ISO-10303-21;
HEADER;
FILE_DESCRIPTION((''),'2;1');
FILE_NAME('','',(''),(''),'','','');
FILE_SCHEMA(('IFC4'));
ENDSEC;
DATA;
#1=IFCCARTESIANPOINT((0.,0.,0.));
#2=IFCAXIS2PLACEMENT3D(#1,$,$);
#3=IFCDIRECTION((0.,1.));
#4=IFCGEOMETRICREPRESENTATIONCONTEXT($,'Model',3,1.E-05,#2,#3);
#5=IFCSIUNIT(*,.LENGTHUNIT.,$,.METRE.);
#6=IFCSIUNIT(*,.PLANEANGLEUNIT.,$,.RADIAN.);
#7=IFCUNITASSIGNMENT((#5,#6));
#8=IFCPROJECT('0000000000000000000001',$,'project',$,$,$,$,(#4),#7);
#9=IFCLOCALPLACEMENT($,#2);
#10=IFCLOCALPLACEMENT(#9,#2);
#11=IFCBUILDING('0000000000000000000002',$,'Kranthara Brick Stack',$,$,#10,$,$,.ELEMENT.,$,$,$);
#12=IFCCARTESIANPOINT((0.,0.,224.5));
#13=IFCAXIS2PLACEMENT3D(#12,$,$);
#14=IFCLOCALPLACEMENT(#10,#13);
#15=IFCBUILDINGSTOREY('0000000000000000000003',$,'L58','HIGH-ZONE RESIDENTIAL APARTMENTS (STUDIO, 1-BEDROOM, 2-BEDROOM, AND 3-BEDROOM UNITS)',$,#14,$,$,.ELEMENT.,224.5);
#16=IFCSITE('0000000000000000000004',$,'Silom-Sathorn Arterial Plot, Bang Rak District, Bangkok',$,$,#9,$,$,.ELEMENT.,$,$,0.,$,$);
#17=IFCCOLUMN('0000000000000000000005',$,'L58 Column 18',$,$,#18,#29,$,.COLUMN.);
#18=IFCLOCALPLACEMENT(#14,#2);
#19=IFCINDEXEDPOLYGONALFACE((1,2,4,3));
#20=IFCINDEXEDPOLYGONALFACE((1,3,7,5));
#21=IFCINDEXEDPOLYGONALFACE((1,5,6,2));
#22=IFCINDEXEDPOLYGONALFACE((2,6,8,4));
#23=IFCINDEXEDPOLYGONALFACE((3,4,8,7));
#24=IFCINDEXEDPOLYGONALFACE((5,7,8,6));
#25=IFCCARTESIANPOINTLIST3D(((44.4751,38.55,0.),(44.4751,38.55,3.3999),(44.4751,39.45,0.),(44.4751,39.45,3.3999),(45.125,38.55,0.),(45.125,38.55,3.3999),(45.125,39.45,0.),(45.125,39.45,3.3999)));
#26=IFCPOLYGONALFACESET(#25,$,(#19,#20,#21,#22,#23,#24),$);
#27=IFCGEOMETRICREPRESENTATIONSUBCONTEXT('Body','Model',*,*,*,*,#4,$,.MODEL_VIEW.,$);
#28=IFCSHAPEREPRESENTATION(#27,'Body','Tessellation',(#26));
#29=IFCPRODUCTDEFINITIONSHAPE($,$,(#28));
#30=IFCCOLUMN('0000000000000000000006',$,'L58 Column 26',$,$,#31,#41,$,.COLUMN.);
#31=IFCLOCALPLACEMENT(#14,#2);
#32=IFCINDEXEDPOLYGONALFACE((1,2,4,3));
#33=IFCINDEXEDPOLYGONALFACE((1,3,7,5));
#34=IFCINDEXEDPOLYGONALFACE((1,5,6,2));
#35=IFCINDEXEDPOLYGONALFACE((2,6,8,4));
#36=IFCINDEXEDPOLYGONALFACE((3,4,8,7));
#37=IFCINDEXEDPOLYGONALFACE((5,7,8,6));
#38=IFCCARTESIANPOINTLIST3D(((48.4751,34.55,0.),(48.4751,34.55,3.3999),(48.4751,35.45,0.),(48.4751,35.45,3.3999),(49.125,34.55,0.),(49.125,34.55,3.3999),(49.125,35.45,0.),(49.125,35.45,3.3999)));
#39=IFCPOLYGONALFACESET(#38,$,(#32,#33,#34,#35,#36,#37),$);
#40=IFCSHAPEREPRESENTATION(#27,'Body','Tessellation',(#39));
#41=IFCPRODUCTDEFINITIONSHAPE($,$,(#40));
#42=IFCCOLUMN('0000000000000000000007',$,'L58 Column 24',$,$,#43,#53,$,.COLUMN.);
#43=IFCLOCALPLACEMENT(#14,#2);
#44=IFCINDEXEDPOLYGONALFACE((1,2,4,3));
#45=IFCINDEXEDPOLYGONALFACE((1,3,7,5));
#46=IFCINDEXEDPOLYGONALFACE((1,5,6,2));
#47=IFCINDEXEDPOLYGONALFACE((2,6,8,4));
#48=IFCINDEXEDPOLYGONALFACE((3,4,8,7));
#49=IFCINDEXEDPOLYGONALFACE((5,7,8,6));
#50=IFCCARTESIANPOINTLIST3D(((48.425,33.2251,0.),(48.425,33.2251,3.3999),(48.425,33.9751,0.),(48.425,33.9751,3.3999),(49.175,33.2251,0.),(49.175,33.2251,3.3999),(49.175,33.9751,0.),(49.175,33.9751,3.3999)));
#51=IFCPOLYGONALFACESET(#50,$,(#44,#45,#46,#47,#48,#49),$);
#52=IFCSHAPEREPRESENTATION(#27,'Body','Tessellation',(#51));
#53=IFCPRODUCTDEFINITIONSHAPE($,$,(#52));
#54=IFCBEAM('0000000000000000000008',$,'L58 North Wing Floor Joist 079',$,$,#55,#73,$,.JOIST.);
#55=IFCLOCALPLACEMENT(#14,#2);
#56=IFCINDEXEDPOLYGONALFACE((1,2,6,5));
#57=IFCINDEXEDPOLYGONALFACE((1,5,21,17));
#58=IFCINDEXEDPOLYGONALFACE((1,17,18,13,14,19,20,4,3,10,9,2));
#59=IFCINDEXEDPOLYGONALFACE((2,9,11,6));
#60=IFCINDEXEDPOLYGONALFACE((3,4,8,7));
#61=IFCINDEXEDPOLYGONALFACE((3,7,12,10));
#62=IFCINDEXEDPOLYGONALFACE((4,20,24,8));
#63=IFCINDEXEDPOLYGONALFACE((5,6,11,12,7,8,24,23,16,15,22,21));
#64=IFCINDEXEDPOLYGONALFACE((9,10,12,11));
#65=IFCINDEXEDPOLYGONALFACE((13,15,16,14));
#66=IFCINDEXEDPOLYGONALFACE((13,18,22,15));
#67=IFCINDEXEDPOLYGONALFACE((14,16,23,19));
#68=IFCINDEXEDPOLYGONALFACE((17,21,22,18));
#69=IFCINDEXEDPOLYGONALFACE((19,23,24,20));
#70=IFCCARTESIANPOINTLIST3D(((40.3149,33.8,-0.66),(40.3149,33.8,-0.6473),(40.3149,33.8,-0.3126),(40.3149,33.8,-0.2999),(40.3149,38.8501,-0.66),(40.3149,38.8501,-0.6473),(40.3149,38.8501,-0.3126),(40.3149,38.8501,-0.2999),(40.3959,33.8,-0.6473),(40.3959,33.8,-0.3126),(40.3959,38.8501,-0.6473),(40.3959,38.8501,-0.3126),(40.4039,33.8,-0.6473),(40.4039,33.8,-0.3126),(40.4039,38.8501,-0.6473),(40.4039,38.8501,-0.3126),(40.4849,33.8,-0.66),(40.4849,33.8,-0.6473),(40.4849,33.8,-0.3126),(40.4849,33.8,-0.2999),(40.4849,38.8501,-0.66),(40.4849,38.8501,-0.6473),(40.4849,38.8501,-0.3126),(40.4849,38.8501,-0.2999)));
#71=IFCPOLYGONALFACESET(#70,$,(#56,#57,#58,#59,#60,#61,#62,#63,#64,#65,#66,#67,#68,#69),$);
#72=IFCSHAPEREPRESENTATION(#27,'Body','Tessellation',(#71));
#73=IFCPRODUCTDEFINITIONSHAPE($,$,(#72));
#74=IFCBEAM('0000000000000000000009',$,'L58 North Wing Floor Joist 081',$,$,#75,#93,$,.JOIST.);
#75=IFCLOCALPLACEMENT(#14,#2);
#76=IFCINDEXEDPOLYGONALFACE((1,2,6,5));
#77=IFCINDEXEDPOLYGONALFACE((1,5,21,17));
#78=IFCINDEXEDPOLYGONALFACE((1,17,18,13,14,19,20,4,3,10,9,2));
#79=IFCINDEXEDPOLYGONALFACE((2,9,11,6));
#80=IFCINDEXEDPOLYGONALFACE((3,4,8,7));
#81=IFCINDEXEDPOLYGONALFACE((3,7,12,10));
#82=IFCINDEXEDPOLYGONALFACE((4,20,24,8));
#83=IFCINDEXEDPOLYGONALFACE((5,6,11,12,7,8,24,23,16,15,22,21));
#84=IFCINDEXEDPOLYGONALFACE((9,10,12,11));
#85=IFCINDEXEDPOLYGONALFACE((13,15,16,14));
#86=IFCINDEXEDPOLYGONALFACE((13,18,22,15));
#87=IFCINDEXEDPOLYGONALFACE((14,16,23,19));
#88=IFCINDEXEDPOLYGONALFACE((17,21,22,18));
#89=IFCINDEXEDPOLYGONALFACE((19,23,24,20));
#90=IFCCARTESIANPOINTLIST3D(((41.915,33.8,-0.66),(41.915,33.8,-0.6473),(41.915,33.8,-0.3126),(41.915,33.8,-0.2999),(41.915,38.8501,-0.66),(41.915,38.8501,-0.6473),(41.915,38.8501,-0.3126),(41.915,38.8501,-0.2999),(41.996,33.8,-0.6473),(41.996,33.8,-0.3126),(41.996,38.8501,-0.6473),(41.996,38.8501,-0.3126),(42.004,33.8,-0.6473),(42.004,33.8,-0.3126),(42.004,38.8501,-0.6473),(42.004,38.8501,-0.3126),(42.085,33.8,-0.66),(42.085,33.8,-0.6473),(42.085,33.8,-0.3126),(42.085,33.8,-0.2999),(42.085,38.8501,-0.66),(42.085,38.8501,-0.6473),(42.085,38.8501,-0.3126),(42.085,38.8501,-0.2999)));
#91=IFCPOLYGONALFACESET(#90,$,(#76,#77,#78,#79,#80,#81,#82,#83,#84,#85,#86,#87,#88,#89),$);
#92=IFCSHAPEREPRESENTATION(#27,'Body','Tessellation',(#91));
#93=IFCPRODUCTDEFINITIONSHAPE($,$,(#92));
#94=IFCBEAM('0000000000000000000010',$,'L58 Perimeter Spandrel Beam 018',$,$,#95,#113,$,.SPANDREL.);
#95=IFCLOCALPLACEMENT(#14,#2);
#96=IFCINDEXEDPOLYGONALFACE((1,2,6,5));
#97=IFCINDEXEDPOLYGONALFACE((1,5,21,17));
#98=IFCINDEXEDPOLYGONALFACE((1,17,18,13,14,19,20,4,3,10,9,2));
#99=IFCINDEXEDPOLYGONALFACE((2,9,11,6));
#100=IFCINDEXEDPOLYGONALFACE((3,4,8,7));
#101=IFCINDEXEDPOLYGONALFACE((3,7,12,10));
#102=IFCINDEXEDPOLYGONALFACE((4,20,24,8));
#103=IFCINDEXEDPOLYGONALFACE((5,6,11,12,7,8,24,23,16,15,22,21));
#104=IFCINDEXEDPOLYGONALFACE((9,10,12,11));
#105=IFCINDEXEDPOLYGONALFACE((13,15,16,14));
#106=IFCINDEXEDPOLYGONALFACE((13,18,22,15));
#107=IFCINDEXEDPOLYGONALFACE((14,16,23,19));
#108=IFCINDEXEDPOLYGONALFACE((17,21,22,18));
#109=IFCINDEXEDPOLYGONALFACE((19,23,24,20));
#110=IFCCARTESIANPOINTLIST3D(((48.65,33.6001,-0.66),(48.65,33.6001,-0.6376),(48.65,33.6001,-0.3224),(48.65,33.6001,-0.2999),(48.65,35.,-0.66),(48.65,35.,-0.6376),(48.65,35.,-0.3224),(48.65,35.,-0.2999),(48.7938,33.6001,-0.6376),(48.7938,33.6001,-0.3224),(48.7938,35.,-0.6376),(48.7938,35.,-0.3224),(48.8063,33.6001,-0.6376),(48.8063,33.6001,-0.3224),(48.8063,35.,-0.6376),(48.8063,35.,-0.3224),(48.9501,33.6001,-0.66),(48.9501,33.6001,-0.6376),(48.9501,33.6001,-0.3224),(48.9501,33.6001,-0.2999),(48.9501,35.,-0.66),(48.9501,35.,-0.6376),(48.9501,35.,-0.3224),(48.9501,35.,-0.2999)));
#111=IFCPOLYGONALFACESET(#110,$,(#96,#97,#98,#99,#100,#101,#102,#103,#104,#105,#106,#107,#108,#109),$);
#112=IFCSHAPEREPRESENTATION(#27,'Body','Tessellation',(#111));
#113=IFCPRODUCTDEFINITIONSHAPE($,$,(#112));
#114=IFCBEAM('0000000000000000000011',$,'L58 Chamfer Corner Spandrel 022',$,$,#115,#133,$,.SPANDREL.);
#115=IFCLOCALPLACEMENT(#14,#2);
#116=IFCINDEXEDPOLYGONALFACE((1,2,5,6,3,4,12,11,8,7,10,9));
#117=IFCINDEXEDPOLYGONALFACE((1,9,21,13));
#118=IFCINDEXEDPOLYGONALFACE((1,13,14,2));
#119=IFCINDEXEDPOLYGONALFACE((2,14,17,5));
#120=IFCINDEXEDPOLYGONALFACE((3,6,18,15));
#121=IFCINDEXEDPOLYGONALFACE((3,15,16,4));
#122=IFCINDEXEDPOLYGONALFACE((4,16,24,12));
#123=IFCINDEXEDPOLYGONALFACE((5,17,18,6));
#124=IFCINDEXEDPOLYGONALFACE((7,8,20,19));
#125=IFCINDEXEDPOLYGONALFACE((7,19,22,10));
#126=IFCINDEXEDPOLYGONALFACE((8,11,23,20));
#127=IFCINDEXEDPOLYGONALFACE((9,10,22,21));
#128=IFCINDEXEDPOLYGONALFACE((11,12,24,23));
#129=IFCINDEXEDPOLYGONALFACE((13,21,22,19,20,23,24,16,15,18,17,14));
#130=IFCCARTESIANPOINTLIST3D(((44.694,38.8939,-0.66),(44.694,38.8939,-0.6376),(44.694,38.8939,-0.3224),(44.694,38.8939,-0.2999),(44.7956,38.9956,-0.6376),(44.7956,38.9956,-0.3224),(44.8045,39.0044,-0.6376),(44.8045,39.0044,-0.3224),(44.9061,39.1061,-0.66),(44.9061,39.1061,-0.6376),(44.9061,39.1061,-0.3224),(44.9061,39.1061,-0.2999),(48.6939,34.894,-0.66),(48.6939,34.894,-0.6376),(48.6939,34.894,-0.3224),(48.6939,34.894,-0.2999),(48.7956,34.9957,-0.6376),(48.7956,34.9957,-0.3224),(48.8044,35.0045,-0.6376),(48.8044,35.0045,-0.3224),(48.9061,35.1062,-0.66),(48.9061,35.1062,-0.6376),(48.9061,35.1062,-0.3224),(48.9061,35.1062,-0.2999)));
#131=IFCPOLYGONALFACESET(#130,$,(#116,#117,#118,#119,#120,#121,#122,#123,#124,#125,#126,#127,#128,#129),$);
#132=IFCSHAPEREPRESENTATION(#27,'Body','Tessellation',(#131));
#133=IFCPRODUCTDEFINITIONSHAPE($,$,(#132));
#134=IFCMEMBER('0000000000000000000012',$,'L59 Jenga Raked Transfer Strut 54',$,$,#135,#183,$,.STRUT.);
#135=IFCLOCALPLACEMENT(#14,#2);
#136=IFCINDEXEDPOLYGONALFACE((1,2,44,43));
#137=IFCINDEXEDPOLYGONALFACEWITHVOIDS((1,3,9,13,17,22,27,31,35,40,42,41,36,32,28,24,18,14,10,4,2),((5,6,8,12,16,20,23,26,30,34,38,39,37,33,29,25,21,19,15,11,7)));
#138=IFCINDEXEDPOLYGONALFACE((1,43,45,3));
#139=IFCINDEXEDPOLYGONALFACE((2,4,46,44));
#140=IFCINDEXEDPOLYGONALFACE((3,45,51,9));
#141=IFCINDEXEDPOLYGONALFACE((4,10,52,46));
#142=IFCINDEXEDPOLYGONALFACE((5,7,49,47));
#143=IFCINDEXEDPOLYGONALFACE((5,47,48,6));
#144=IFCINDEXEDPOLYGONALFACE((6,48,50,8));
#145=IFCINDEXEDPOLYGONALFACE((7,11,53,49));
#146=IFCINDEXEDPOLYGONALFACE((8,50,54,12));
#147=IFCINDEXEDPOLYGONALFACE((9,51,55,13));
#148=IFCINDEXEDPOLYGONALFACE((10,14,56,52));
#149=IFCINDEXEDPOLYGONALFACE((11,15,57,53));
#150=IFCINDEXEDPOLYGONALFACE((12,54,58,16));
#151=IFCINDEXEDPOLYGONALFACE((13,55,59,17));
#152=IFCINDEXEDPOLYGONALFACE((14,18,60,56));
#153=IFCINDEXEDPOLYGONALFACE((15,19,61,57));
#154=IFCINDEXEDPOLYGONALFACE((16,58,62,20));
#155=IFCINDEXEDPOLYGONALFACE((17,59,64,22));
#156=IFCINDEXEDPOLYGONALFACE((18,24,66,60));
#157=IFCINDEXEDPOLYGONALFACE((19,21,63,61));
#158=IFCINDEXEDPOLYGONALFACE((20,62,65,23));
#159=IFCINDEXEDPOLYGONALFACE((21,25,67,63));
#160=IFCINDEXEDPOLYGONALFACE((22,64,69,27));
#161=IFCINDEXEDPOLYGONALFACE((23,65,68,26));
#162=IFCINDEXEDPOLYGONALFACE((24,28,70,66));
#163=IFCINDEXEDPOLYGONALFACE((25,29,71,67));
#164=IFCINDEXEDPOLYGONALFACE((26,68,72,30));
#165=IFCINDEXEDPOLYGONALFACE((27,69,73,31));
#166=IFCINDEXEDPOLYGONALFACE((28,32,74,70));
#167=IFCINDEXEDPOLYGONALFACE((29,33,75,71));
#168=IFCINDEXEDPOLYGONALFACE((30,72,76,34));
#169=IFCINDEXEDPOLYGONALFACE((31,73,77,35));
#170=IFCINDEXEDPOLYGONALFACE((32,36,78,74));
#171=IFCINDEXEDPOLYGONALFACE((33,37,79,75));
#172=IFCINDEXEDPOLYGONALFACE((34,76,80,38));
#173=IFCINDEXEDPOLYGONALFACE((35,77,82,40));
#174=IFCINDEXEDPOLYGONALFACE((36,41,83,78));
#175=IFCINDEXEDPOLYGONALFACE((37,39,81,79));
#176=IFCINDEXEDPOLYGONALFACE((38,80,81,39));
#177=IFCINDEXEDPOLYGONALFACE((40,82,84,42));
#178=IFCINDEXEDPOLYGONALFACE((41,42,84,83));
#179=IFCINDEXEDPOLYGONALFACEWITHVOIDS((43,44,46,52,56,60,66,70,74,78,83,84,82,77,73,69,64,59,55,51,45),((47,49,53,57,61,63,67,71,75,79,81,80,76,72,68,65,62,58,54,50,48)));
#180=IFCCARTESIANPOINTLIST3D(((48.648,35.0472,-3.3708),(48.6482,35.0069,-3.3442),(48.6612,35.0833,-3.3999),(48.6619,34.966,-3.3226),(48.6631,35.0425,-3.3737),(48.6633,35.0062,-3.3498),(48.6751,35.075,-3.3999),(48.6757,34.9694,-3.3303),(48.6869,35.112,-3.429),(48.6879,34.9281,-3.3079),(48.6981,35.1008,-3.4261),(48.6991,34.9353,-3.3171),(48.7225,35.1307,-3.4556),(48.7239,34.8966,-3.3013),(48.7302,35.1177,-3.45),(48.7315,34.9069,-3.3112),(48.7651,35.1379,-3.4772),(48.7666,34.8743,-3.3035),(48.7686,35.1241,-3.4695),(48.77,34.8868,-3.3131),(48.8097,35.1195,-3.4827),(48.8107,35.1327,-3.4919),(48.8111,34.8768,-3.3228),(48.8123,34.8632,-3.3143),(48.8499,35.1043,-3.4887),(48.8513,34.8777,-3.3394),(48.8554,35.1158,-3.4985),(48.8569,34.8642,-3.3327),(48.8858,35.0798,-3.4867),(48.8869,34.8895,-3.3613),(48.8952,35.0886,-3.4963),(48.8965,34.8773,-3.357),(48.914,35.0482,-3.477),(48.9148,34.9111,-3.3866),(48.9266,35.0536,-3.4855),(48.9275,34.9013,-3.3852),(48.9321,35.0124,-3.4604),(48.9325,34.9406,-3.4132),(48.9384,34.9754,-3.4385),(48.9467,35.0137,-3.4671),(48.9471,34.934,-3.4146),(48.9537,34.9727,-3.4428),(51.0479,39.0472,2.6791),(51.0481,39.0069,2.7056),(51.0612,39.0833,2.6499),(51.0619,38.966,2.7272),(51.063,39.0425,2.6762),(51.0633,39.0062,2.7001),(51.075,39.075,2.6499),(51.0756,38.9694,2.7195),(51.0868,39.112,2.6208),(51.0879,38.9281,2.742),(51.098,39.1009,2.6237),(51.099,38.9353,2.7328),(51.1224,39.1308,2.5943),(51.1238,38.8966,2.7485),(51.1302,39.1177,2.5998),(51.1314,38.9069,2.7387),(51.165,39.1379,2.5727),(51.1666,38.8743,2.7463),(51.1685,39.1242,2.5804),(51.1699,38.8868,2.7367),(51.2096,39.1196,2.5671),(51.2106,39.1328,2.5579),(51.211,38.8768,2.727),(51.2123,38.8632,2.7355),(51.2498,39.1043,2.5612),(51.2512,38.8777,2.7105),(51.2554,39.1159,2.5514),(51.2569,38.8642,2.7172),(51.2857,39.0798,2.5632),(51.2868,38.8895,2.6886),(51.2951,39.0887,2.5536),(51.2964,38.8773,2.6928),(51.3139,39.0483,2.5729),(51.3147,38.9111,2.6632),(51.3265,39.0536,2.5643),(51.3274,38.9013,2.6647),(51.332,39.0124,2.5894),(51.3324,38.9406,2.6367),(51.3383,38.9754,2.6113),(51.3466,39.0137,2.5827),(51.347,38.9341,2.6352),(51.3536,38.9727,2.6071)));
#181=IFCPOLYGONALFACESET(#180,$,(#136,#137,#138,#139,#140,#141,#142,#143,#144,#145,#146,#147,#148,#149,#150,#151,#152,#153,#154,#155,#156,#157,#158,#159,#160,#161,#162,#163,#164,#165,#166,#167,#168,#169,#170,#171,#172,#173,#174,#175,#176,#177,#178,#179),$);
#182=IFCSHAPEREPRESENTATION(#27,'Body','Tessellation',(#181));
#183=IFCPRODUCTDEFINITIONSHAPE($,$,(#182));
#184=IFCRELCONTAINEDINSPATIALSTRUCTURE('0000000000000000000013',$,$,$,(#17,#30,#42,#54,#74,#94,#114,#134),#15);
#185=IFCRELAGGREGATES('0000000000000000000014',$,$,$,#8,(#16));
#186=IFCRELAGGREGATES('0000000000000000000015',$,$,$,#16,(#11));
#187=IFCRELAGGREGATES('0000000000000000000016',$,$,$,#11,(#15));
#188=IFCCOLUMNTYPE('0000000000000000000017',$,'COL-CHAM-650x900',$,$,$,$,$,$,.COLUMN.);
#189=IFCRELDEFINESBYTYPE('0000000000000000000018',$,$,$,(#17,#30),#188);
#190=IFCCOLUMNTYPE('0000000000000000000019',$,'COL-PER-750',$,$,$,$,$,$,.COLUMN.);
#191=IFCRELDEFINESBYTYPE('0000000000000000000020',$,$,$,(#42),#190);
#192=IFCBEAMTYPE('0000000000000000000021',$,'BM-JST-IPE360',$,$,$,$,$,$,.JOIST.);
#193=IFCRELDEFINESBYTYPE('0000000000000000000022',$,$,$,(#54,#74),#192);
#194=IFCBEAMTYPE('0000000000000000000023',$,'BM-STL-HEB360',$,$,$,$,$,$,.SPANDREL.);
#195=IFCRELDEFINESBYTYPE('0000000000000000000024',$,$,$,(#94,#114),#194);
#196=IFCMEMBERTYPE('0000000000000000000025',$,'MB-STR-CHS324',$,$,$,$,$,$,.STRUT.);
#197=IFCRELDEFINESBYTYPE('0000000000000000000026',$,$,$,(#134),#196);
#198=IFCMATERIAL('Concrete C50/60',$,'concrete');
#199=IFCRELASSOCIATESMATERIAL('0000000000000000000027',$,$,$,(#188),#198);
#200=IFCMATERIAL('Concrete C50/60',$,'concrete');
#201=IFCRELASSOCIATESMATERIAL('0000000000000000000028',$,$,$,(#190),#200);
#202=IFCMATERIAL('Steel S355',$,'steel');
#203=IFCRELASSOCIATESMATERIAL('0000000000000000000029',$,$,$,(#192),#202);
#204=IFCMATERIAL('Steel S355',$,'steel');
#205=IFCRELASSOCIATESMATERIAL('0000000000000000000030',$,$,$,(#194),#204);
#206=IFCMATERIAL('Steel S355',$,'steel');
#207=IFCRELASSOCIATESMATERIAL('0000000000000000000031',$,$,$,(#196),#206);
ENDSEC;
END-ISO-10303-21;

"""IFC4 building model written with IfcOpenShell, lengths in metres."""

from ifc_helpers import new_model, si_unit, direction, frame, origin, origin_2d, place, context, subcontext, project, spatial, rectangle, hollow_circle, i_section, extrude, material, material_profile, profile_set, type_object, element, save


model = new_model("IFC4")

# Units and contexts
model_context = context("Model", 3, precision=1e-05, world=origin(), true_north=direction((0.0, 1.0)))
body_context = subcontext(model_context, "Body", "Model", "MODEL_VIEW")
ifc_project = project(units=[si_unit("LENGTHUNIT", "METRE"), si_unit("PLANEANGLEUNIT", "RADIAN")], contexts=[model_context])

# Site, building, storey
site_placement = place(None, origin())
site = spatial("IfcSite", under=ifc_project, at=site_placement, Name="Silom-Sathorn Arterial Plot, Bang Rak District, Bangkok", CompositionType="ELEMENT", RefElevation=0.0)
building_placement = place(site_placement, origin())
building = spatial("IfcBuilding", under=site, at=building_placement, Name="Kranthara Brick Stack", CompositionType="ELEMENT")
storey_placement = place(building_placement, frame((0.0, 0.0, 224.5)))
storey = spatial("IfcBuildingStorey", under=building, at=storey_placement, Name="L58", Description="HIGH-ZONE RESIDENTIAL APARTMENTS (STUDIO, 1-BEDROOM, 2-BEDROOM, AND 3-BEDROOM UNITS)", CompositionType="ELEMENT", Elevation=224.5)

# Columns
ifc_material_1 = material(Name="Concrete C50/60", Category="concrete")
ifc_material_profile_1 = material_profile(ifc_material_1, rectangle(XDim=0.6499, YDim=0.8999, at=origin_2d()), Name="RC 650x900")
ifc_profile_set_1 = profile_set([ifc_material_profile_1], Name="Concrete C50/60")
column_type_1 = type_object("IfcColumnType", Name="COL-CHAM-650x900", PredefinedType="COLUMN", material=ifc_profile_set_1)
for number, where, z_axis, x_axis, name in (
    (1, (44.8, 39.0, 0.0), (0.0, 0.0, 1.0), (1.0, 0.0, 0.0), "L58 Column 18"),
    (2, (48.8, 35.0, 0.0), (0.0, 0.0, 1.0), (1.0, 0.0, 0.0), "L58 Column 26"),
):
    element("IfcColumn", number, at=place(storey_placement, frame(where, z_axis=z_axis, x_axis=x_axis)), inside=storey, type_object=column_type_1, Name=name, PredefinedType="COLUMN", context=body_context, shape_type="SweptSolid", body=[
        extrude(rectangle(XDim=0.6499, YDim=0.8999, at=origin_2d()), origin(), (0.0, 0.0, 1.0), 3.3999),
    ])
ifc_material_2 = material(Name="Concrete C50/60", Category="concrete")
ifc_material_profile_2 = material_profile(ifc_material_2, rectangle(XDim=0.75, YDim=0.75, at=origin_2d()), Name="RC 750x750")
ifc_profile_set_2 = profile_set([ifc_material_profile_2], Name="Concrete C50/60")
column_type_2 = type_object("IfcColumnType", Name="COL-PER-750", PredefinedType="COLUMN", material=ifc_profile_set_2)
column_placement = place(storey_placement, frame((48.8, 33.6001, 0.0), z_axis=(0.0, 0.0, 1.0), x_axis=(1.0, 0.0, 0.0)))
element("IfcColumn", 3, at=column_placement, inside=storey, type_object=column_type_2, Name="L58 Column 24", PredefinedType="COLUMN", context=body_context, shape_type="SweptSolid", body=[
    extrude(rectangle(XDim=0.75, YDim=0.75, at=origin_2d()), origin(), (0.0, 0.0, 1.0), 3.3999),
])

# Beams
ifc_material_3 = material(Name="Steel S355", Category="steel")
ifc_material_profile_3 = material_profile(ifc_material_3, i_section(OverallWidth=0.1699, OverallDepth=0.3601, WebThickness=0.0081, FlangeThickness=0.0127, at=origin_2d()), Name="IPE 360")
ifc_profile_set_3 = profile_set([ifc_material_profile_3], Name="Steel S355")
beam_type_1 = type_object("IfcBeamType", Name="BM-JST-IPE360", PredefinedType="JOIST", material=ifc_profile_set_3)
for number, where, z_axis, x_axis, name in (
    (4, (40.3999, 33.8, -0.48), (0.0, 1.0, 0.0), (-1.0, 0.0, 0.0), "L58 North Wing Floor Joist 079"),
    (5, (42.0, 33.8, -0.48), (0.0, 1.0, 0.0), (-1.0, 0.0, 0.0), "L58 North Wing Floor Joist 081"),
):
    element("IfcBeam", number, at=place(storey_placement, frame(where, z_axis=z_axis, x_axis=x_axis)), inside=storey, type_object=beam_type_1, Name=name, PredefinedType="JOIST", context=body_context, shape_type="SweptSolid", body=[
        extrude(i_section(OverallWidth=0.1699, OverallDepth=0.3601, WebThickness=0.0081, FlangeThickness=0.0127, at=origin_2d()), origin(), (0.0, 0.0, 1.0), 5.05),
    ])
ifc_material_4 = material(Name="Steel S355", Category="steel")
ifc_material_profile_4 = material_profile(ifc_material_4, i_section(OverallWidth=0.3, OverallDepth=0.3601, WebThickness=0.0125, FlangeThickness=0.0225, at=origin_2d()), Name="HEB 360")
ifc_profile_set_4 = profile_set([ifc_material_profile_4], Name="Steel S355")
beam_type_2 = type_object("IfcBeamType", Name="BM-STL-HEB360", PredefinedType="SPANDREL", material=ifc_profile_set_4)
beam_1_placement = place(storey_placement, frame((48.8, 33.6001, -0.48), z_axis=(0.0, 1.0, 0.0), x_axis=(-1.0, 0.0, 0.0)))
element("IfcBeam", 6, at=beam_1_placement, inside=storey, type_object=beam_type_2, Name="L58 Perimeter Spandrel Beam 018", PredefinedType="SPANDREL", context=body_context, shape_type="SweptSolid", body=[
    extrude(i_section(OverallWidth=0.3, OverallDepth=0.3601, WebThickness=0.0125, FlangeThickness=0.0225, at=origin_2d()), origin(), (0.0, 0.0, 1.0), 1.3999),
])
beam_2_placement = place(storey_placement, frame((44.8, 39.0, -0.48), z_axis=(0.707107, -0.707107, 0.0), x_axis=(0.707107, 0.707107, 0.0)))
element("IfcBeam", 7, at=beam_2_placement, inside=storey, type_object=beam_type_2, Name="L58 Chamfer Corner Spandrel 022", PredefinedType="SPANDREL", context=body_context, shape_type="SweptSolid", body=[
    extrude(i_section(OverallWidth=0.3, OverallDepth=0.3601, WebThickness=0.0125, FlangeThickness=0.0225, at=origin_2d()), origin(), (0.0, 0.0, 1.0), 5.6567),
])

# Member
ifc_material_5 = material(Name="Steel S355", Category="steel")
ifc_material_profile_5 = material_profile(ifc_material_5, hollow_circle(Radius=0.1619, WallThickness=0.0161, at=origin_2d()), Name="CHS 323.9x16")
ifc_profile_set_5 = profile_set([ifc_material_profile_5], Name="Steel S355")
member_type = type_object("IfcMemberType", Name="MB-STR-CHS324", PredefinedType="STRUT", material=ifc_profile_set_5)
member_placement = place(storey_placement, frame((48.8, 35.0, -3.3999), z_axis=(0.31415, 0.523605, 0.791927), x_axis=(-0.857502, 0.51448, 0.0)))
element("IfcMember", 8, at=member_placement, inside=storey, type_object=member_type, Name="L59 Jenga Raked Transfer Strut 54", PredefinedType="STRUT", context=body_context, shape_type="SweptSolid", body=[
    extrude(hollow_circle(Radius=0.1619, WallThickness=0.0161, at=origin_2d()), origin(), (0.0, 0.0, 1.0), 7.6394),
])

save(model, "model.ifc")
